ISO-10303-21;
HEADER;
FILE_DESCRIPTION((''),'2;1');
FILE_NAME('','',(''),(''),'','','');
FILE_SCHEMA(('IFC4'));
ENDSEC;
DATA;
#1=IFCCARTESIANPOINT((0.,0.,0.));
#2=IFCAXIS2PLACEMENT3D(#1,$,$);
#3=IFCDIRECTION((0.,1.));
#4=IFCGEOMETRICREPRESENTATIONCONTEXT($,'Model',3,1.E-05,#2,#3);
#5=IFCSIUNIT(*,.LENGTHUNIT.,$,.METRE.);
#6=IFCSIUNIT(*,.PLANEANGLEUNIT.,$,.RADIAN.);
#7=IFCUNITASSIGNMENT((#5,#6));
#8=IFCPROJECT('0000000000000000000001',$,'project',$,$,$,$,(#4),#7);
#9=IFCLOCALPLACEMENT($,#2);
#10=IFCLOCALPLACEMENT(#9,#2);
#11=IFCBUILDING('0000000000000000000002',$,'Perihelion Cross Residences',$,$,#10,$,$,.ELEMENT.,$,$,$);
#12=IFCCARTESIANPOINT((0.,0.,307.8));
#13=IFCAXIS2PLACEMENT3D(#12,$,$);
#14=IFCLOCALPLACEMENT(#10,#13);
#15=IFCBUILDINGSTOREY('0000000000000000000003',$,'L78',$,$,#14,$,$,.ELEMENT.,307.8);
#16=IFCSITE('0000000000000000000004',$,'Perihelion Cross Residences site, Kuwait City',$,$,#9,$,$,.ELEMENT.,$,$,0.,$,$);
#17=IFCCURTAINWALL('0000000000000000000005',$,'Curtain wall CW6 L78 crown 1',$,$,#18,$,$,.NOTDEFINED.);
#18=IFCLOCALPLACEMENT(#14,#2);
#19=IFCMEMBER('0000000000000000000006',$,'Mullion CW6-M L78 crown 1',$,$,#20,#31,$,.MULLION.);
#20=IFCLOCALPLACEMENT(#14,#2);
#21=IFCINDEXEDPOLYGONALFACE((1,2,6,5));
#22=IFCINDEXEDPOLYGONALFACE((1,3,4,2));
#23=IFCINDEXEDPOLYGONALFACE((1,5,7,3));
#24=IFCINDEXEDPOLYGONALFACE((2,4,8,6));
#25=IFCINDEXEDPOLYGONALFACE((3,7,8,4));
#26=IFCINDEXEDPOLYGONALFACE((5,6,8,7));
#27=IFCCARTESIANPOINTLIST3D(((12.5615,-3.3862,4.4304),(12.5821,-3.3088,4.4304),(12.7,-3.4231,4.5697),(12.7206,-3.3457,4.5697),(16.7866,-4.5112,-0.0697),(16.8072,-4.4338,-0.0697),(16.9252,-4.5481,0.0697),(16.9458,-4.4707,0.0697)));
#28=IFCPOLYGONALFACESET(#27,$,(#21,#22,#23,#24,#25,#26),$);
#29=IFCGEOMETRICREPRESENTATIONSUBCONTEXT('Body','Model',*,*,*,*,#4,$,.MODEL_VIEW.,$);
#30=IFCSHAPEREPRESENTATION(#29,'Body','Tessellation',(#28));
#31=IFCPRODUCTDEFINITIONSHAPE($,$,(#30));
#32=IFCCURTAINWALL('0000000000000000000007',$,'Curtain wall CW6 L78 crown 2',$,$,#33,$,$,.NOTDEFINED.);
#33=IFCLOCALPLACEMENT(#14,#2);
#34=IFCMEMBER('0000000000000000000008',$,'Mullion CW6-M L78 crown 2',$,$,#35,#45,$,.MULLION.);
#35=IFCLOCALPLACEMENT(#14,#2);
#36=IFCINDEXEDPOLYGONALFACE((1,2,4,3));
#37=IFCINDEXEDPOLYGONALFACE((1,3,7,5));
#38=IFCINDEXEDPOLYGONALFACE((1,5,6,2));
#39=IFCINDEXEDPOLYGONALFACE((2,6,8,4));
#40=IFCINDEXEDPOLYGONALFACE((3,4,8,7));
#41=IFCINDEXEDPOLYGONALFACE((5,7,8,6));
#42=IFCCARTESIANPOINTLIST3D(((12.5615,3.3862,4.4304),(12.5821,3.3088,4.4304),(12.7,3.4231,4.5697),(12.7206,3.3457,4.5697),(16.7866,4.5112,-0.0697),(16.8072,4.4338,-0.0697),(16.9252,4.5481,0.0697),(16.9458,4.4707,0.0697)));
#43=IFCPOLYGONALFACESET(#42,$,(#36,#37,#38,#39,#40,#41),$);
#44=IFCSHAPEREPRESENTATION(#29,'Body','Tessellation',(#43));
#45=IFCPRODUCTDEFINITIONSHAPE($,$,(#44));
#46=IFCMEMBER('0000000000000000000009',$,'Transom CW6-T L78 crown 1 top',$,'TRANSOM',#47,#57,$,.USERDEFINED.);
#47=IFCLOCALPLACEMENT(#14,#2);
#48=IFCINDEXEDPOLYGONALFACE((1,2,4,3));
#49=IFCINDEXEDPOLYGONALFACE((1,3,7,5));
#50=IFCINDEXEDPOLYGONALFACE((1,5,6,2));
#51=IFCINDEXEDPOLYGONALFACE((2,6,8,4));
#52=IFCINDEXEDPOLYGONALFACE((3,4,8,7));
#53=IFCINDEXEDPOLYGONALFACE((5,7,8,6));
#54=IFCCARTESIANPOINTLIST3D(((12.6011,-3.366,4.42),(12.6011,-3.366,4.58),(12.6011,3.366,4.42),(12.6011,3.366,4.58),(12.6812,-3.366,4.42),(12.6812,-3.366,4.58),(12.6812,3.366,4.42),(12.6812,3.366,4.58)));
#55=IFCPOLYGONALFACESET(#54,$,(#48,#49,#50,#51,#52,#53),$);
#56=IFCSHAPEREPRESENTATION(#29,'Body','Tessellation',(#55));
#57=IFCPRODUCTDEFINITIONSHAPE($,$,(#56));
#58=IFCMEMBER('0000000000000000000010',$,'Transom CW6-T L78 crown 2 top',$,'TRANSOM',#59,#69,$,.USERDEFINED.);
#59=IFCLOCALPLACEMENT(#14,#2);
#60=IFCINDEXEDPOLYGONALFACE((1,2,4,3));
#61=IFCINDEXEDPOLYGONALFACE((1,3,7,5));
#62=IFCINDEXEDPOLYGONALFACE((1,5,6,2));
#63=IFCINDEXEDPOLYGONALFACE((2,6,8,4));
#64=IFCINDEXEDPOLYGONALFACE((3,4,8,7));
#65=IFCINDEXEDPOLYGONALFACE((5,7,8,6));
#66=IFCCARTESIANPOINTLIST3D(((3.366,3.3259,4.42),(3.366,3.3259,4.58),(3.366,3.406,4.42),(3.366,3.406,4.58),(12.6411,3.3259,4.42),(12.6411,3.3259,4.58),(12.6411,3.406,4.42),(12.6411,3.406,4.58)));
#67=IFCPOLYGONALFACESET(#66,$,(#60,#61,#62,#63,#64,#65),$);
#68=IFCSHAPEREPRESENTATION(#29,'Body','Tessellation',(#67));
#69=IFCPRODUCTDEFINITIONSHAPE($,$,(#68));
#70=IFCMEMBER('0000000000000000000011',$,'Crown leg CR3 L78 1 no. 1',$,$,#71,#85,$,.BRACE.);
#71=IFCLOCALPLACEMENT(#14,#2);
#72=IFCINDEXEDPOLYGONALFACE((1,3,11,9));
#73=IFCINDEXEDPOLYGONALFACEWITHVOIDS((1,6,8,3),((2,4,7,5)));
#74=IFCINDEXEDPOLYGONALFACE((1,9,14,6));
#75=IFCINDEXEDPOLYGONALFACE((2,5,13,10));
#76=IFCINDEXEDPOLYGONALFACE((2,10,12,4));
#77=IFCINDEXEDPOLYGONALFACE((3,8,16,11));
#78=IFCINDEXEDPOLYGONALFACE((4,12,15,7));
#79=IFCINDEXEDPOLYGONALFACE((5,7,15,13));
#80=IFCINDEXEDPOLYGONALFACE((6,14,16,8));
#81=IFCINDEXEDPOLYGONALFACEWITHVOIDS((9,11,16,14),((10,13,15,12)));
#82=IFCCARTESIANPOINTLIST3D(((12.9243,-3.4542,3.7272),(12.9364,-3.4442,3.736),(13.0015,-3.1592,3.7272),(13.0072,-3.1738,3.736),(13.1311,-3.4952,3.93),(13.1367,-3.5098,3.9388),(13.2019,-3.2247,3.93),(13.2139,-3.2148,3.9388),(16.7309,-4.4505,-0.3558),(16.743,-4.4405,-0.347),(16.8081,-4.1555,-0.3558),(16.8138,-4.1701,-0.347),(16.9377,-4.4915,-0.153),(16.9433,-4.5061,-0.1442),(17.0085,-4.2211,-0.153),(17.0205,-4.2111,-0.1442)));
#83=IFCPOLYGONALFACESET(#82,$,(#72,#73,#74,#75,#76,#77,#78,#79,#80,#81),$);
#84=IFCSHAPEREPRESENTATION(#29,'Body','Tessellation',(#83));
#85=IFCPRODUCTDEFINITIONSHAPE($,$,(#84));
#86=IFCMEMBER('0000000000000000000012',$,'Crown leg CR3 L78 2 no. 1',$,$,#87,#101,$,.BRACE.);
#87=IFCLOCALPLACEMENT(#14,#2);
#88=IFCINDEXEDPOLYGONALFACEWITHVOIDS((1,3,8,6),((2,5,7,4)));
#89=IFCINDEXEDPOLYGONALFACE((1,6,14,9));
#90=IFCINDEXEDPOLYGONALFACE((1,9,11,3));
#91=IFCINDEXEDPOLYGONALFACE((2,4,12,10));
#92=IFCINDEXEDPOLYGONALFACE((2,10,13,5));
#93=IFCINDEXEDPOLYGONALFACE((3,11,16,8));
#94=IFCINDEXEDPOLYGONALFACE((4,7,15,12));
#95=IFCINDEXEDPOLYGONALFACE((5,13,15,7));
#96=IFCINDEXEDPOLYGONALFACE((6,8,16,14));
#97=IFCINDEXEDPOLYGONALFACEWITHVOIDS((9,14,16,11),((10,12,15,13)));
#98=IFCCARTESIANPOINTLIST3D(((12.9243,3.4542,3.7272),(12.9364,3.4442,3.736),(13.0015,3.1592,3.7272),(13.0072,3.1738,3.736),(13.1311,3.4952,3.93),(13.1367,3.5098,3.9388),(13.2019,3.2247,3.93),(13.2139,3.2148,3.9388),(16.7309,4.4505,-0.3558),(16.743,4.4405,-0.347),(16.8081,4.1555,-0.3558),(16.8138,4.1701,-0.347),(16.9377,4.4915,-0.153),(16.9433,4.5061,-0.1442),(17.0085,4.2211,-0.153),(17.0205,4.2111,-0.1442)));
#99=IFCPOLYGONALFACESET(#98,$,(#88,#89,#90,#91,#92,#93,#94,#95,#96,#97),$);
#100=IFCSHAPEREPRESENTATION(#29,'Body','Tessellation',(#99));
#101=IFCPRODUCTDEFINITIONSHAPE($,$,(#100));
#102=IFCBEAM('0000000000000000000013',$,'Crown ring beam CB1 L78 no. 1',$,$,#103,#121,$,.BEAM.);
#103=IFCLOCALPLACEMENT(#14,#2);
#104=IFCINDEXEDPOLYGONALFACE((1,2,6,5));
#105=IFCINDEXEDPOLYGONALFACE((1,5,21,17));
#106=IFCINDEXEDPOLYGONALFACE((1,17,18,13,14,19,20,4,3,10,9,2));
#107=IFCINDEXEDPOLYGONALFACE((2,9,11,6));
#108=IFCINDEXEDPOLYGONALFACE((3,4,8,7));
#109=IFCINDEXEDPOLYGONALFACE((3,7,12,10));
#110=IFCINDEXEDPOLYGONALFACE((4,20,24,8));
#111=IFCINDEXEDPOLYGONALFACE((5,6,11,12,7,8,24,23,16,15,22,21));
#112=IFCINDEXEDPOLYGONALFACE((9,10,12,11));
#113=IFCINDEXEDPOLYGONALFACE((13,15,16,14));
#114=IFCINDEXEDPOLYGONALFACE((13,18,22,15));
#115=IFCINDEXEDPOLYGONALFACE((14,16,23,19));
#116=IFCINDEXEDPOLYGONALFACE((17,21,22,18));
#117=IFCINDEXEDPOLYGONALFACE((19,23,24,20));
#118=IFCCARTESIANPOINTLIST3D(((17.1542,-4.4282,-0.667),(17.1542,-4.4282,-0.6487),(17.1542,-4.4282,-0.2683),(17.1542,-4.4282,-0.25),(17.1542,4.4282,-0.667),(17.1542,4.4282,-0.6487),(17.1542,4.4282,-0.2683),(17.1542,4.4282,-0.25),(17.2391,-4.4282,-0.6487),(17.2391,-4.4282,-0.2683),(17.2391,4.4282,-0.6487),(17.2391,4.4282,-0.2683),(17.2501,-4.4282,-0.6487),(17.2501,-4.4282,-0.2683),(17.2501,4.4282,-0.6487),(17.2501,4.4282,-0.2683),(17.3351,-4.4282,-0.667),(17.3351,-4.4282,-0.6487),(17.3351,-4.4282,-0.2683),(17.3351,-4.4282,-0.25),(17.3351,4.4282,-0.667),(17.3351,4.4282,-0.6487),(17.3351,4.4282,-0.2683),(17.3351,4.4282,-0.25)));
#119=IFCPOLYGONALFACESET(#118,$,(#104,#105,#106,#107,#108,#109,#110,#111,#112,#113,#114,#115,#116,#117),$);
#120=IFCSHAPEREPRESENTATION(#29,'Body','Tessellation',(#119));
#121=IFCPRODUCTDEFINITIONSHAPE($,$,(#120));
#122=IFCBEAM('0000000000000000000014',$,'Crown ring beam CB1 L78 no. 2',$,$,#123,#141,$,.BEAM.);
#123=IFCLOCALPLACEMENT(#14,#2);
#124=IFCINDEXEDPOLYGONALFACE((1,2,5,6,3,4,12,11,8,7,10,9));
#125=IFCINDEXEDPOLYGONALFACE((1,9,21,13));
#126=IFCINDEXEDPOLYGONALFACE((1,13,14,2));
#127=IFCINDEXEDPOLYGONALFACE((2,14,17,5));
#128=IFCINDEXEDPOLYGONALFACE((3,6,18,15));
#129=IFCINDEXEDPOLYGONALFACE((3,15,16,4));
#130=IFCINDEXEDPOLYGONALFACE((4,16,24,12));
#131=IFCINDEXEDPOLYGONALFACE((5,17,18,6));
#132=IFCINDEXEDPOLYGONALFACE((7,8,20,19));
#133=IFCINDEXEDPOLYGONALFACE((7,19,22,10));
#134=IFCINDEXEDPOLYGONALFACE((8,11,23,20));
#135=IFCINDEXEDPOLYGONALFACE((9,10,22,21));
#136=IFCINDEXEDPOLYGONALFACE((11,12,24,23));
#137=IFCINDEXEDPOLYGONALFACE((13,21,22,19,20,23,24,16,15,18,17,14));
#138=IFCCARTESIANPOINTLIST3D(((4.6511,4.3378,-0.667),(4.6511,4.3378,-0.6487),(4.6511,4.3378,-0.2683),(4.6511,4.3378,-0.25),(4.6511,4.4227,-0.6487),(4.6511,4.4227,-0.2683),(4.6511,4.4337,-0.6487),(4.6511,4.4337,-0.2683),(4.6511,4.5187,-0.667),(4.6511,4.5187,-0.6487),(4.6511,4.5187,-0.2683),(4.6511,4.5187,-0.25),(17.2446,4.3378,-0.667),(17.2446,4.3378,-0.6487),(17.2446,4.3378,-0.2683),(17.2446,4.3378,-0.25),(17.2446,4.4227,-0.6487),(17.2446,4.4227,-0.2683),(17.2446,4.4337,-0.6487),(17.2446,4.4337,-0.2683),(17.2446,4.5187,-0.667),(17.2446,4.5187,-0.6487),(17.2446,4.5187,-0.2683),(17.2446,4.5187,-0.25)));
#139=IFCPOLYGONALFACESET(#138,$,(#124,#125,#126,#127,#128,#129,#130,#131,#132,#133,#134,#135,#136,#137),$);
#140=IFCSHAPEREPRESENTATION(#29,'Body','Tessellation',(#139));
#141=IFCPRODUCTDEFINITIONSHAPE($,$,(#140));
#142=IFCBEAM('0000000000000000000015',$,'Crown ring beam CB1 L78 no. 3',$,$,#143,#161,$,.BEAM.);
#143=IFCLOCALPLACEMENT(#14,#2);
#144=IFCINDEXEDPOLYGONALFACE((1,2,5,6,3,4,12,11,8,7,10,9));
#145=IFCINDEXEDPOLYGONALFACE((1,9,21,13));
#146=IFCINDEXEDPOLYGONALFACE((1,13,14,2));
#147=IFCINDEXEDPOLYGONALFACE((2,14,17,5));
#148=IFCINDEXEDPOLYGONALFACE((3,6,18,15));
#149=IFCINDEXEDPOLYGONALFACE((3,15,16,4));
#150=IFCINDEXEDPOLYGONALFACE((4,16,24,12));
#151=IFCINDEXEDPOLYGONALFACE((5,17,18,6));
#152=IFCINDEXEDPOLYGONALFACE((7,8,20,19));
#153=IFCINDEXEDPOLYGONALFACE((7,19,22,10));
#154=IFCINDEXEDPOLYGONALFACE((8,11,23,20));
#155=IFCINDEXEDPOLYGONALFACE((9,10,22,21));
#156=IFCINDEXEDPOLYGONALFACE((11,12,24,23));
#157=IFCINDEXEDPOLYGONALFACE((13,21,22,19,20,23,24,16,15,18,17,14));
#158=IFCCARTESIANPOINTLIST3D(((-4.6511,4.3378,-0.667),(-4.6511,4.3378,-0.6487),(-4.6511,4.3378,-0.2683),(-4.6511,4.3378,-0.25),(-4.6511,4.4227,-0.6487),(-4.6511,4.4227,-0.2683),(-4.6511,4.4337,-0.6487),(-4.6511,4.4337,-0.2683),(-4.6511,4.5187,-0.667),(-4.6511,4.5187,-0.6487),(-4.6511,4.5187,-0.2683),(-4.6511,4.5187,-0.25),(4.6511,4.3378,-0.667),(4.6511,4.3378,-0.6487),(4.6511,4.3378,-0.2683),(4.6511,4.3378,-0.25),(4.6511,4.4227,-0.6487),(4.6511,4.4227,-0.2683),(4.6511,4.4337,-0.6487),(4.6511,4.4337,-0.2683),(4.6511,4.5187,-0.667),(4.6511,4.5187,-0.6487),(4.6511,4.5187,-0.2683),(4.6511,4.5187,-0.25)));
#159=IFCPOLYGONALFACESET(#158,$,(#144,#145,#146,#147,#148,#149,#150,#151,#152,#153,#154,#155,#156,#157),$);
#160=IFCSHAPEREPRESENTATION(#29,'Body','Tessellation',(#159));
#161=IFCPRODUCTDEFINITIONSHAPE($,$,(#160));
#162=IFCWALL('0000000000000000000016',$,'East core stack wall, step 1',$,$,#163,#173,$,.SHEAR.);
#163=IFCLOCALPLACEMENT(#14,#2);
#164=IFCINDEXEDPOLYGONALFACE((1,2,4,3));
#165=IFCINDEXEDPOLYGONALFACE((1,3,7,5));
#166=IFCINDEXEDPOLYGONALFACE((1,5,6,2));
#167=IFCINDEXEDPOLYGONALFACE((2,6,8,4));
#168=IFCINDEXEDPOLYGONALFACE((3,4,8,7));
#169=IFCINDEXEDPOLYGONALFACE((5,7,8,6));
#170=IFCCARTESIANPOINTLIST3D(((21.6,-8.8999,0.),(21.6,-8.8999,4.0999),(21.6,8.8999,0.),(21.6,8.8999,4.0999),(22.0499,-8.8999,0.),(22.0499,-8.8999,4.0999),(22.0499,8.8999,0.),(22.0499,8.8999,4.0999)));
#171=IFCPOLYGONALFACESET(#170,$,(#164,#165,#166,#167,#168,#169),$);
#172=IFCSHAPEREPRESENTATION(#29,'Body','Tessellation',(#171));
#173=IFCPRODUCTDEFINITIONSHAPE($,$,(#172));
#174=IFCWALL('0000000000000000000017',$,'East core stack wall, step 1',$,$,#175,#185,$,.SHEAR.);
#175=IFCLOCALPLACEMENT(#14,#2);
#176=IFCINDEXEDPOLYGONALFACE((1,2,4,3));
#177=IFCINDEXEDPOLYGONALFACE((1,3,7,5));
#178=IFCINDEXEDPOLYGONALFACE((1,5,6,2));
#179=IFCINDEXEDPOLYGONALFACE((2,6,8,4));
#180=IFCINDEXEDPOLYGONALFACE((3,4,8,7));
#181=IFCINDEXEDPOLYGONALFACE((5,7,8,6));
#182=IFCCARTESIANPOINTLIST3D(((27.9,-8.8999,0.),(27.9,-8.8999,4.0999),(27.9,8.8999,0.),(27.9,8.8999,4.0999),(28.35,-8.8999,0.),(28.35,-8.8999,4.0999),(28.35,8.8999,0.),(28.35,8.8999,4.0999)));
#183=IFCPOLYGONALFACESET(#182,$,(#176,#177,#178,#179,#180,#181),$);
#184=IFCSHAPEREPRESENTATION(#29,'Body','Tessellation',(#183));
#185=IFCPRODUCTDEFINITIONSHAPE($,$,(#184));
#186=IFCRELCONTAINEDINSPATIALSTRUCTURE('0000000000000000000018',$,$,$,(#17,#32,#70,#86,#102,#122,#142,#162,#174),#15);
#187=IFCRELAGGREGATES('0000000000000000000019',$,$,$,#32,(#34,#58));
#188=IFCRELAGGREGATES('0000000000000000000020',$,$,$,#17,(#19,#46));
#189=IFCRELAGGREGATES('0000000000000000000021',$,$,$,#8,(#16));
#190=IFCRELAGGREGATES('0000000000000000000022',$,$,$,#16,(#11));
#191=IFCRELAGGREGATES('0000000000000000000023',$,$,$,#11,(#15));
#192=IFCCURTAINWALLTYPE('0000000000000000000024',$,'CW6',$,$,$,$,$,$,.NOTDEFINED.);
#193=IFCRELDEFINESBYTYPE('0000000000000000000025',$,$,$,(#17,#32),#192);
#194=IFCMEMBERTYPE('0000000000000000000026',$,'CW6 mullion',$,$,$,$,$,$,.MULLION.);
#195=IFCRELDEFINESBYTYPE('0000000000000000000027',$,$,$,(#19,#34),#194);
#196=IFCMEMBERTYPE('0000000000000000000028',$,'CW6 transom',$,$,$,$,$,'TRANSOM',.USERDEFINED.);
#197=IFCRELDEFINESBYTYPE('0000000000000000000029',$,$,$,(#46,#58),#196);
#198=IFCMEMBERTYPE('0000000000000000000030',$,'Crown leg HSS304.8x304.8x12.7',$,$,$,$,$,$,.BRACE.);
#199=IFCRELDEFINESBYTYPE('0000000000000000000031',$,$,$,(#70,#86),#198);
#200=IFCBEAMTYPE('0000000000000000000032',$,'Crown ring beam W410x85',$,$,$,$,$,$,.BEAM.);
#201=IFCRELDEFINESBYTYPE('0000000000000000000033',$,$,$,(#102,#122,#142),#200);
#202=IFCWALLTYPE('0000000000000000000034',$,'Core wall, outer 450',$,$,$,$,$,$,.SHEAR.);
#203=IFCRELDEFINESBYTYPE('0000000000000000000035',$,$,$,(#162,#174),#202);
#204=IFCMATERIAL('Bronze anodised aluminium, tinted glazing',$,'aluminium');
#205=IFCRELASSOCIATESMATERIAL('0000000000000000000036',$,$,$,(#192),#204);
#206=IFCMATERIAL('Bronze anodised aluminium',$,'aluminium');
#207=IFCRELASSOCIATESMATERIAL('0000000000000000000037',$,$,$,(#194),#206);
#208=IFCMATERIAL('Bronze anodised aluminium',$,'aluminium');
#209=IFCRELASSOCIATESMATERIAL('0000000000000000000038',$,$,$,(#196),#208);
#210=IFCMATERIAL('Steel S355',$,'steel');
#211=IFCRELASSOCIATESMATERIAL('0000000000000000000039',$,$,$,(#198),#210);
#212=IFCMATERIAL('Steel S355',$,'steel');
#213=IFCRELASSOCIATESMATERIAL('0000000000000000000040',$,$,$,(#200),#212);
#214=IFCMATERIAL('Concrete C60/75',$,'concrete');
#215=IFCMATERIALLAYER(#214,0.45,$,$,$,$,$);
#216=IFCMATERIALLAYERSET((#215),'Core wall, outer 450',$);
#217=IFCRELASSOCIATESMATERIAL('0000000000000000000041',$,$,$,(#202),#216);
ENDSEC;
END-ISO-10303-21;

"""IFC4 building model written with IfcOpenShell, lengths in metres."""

from ifc_helpers import new_model, si_unit, direction, frame, frame_2d, origin, origin_2d, place, context, subcontext, project, spatial, rectangle, hollow_rectangle, i_section, extrude, material, layer, layer_set, material_profile, profile_set, type_object, element, aggregate, save


model = new_model("IFC4")

# Units and contexts
model_context = context("Model", 3, precision=1e-05, world=origin(), true_north=direction((0.0, 1.0)))
body_context = subcontext(model_context, "Body", "Model", "MODEL_VIEW")
ifc_project = project(units=[si_unit("LENGTHUNIT", "METRE"), si_unit("PLANEANGLEUNIT", "RADIAN")], contexts=[model_context])

# Site, building, storey
site_placement = place(None, origin())
site = spatial("IfcSite", under=ifc_project, at=site_placement, Name="Perihelion Cross Residences site, Kuwait City", CompositionType="ELEMENT", RefElevation=0.0)
building_placement = place(site_placement, origin())
building = spatial("IfcBuilding", under=site, at=building_placement, Name="Perihelion Cross Residences", CompositionType="ELEMENT")
storey_placement = place(building_placement, frame((0.0, 0.0, 307.8)))
storey = spatial("IfcBuildingStorey", under=building, at=storey_placement, Name="L78", CompositionType="ELEMENT", Elevation=307.8)

# Curtain walls, members
ifc_material_1 = material(Name="Bronze anodised aluminium, tinted glazing", Category="aluminium")
curtain_wall_type = type_object("IfcCurtainWallType", Name="CW6", PredefinedType="NOTDEFINED", material=ifc_material_1)
curtain_wall_1_placement = place(storey_placement, origin())
curtain_wall_1 = element("IfcCurtainWall", 1, at=curtain_wall_1_placement, inside=storey, type_object=curtain_wall_type, Name="Curtain wall CW6 L78 crown 1", PredefinedType="NOTDEFINED")
ifc_material_2 = material(Name="Bronze anodised aluminium", Category="aluminium")
ifc_material_profile_1 = material_profile(ifc_material_2, rectangle(XDim=0.0801, YDim=0.2, at=origin_2d()), Name="CW6 mullion")
ifc_profile_set_1 = profile_set([ifc_material_profile_1], Name="Bronze anodised aluminium")
member_type_1 = type_object("IfcMemberType", Name="CW6 mullion", PredefinedType="MULLION", material=ifc_profile_set_1)
member_1_placement = place(storey_placement, frame((16.8662, -4.491, 0.0), z_axis=(-0.673395, 0.179302, 0.717209), x_axis=(-0.257301, -0.966331, 0.0)))
member_1 = element("IfcMember", 2, at=member_1_placement, type_object=member_type_1, Name="Mullion CW6-M L78 crown 1", PredefinedType="MULLION", context=body_context, shape_type="SweptSolid", body=[
    extrude(rectangle(XDim=0.0801, YDim=0.2, at=origin_2d()), origin(), (0.0, 0.0, 1.0), 6.2744),
])
curtain_wall_2_placement = place(storey_placement, origin())
curtain_wall_2 = element("IfcCurtainWall", 3, at=curtain_wall_2_placement, inside=storey, type_object=curtain_wall_type, Name="Curtain wall CW6 L78 crown 2", PredefinedType="NOTDEFINED")
member_2_placement = place(storey_placement, frame((16.8662, 4.491, 0.0), z_axis=(-0.673395, -0.179302, 0.717209), x_axis=(0.257301, -0.966331, 0.0)))
member_2 = element("IfcMember", 4, at=member_2_placement, type_object=member_type_1, Name="Mullion CW6-M L78 crown 2", PredefinedType="MULLION", context=body_context, shape_type="SweptSolid", body=[
    extrude(rectangle(XDim=0.0801, YDim=0.2, at=origin_2d()), origin(), (0.0, 0.0, 1.0), 6.2744),
])

# Members
ifc_material_3 = material(Name="Bronze anodised aluminium", Category="aluminium")
ifc_material_profile_2 = material_profile(ifc_material_3, rectangle(XDim=0.0801, YDim=0.1599, at=origin_2d()), Name="CW6 transom")
ifc_profile_set_2 = profile_set([ifc_material_profile_2], Name="Bronze anodised aluminium")
member_type_2 = type_object("IfcMemberType", Name="CW6 transom", ElementType="TRANSOM", PredefinedType="USERDEFINED", material=ifc_profile_set_2)
member_3_placement = place(storey_placement, frame((12.6411, -3.366, 4.5), z_axis=(0.0, 1.0, 0.0), x_axis=(-1.0, 0.0, 0.0)))
member_3 = element("IfcMember", 5, at=member_3_placement, type_object=member_type_2, Name="Transom CW6-T L78 crown 1 top", ObjectType="TRANSOM", PredefinedType="USERDEFINED", context=body_context, shape_type="SweptSolid", body=[
    extrude(rectangle(XDim=0.0801, YDim=0.1599, at=origin_2d()), origin(), (0.0, 0.0, 1.0), 6.7319),
])
member_4_placement = place(storey_placement, frame((12.6411, 3.366, 4.5), z_axis=(-1.0, 0.0, 0.0), x_axis=(0.0, -1.0, 0.0)))
member_4 = element("IfcMember", 6, at=member_4_placement, type_object=member_type_2, Name="Transom CW6-T L78 crown 2 top", ObjectType="TRANSOM", PredefinedType="USERDEFINED", context=body_context, shape_type="SweptSolid", body=[
    extrude(rectangle(XDim=0.0801, YDim=0.1599, at=origin_2d()), origin(), (0.0, 0.0, 1.0), 9.2751),
])
aggregate(curtain_wall_2, [member_2, member_4])

# Members
ifc_material_4 = material(Name="Steel S355", Category="steel")
ifc_material_profile_3 = material_profile(ifc_material_4, hollow_rectangle(XDim=0.3049, YDim=0.3049, WallThickness=0.0127, at=origin_2d()), Name="HSS304.8x304.8x12.7")
ifc_profile_set_3 = profile_set([ifc_material_profile_3], Name="Steel S355")
member_type_3 = type_object("IfcMemberType", Name="Crown leg HSS304.8x304.8x12.7", PredefinedType="BRACE", material=ifc_profile_set_3)
for number, where, z_axis, x_axis, name in (
    (7, (16.8757, -4.3308, -0.25), (-0.67131, 0.175707, 0.720048), (-0.253207, -0.967412, 0.0), "Crown leg CR3 L78 1 no. 1"),
    (8, (16.8757, 4.3308, -0.25), (-0.67131, -0.175707, 0.720048), (0.253207, -0.967412, 0.0), "Crown leg CR3 L78 2 no. 1"),
):
    element("IfcMember", number, at=place(storey_placement, frame(where, z_axis=z_axis, x_axis=x_axis)), inside=storey, type_object=member_type_3, Name=name, PredefinedType="BRACE", context=body_context, shape_type="SweptSolid", body=[
        extrude(hollow_rectangle(XDim=0.3049, YDim=0.3049, WallThickness=0.0127, at=origin_2d()), origin(), (0.0, 0.0, 1.0), 5.6704),
    ])

# Beams
ifc_material_5 = material(Name="Steel S355", Category="steel")
ifc_material_profile_4 = material_profile(ifc_material_5, i_section(OverallWidth=0.1809, OverallDepth=0.417, WebThickness=0.011, FlangeThickness=0.0183, at=origin_2d()), Name="W410x85")
ifc_profile_set_4 = profile_set([ifc_material_profile_4], Name="Steel S355")
beam_type = type_object("IfcBeamType", Name="Crown ring beam W410x85", PredefinedType="BEAM", material=ifc_profile_set_4)
beam_1_placement = place(storey_placement, frame((17.2446, -4.4282, -0.4585), z_axis=(0.0, 1.0, 0.0), x_axis=(-1.0, 0.0, 0.0)))
element("IfcBeam", 9, at=beam_1_placement, inside=storey, type_object=beam_type, Name="Crown ring beam CB1 L78 no. 1", PredefinedType="BEAM", context=body_context, shape_type="SweptSolid", body=[
    extrude(i_section(OverallWidth=0.1809, OverallDepth=0.417, WebThickness=0.011, FlangeThickness=0.0183, at=origin_2d()), origin(), (0.0, 0.0, 1.0), 8.8564),
])
beam_2_placement = place(storey_placement, frame((17.2446, 4.4282, -0.4585), z_axis=(-1.0, 0.0, 0.0), x_axis=(0.0, -1.0, 0.0)))
element("IfcBeam", 10, at=beam_2_placement, inside=storey, type_object=beam_type, Name="Crown ring beam CB1 L78 no. 2", PredefinedType="BEAM", context=body_context, shape_type="SweptSolid", body=[
    extrude(i_section(OverallWidth=0.1809, OverallDepth=0.417, WebThickness=0.011, FlangeThickness=0.0183, at=origin_2d()), origin(), (0.0, 0.0, 1.0), 12.5935),
])
beam_3_placement = place(storey_placement, frame((4.6511, 4.4282, -0.4585), z_axis=(-1.0, 0.0, 0.0), x_axis=(0.0, -1.0, 0.0)))
element("IfcBeam", 11, at=beam_3_placement, inside=storey, type_object=beam_type, Name="Crown ring beam CB1 L78 no. 3", PredefinedType="BEAM", context=body_context, shape_type="SweptSolid", body=[
    extrude(i_section(OverallWidth=0.1809, OverallDepth=0.417, WebThickness=0.011, FlangeThickness=0.0183, at=origin_2d()), origin(), (0.0, 0.0, 1.0), 9.3022),
])

aggregate(curtain_wall_1, [member_1, member_3])

# Walls
ifc_material_6 = material(Name="Concrete C60/75", Category="concrete")
ifc_layer_1 = layer(ifc_material_6, 0.45)
ifc_layer_set_1 = layer_set([ifc_layer_1], Name="Core wall, outer 450")
wall_type = type_object("IfcWallType", Name="Core wall, outer 450", PredefinedType="SHEAR", material=ifc_layer_set_1)
for number, where, z_axis, x_axis, name in (
    (12, (21.825, -8.8999, 0.0), (0.0, 0.0, 1.0), (0.0, 1.0, 0.0), "East core stack wall, step 1"),
    (13, (28.125, -8.8999, 0.0), (0.0, 0.0, 1.0), (0.0, 1.0, 0.0), "East core stack wall, step 1"),
):
    element("IfcWall", number, at=place(storey_placement, frame(where, z_axis=z_axis, x_axis=x_axis)), inside=storey, type_object=wall_type, Name=name, PredefinedType="SHEAR", context=body_context, shape_type="SweptSolid", body=[
        extrude(rectangle(XDim=17.7998, YDim=0.45, at=frame_2d((8.8999, 0.0))), origin(), (0.0, 0.0, 1.0), 4.0999),
    ])

save(model, "model.ifc")
